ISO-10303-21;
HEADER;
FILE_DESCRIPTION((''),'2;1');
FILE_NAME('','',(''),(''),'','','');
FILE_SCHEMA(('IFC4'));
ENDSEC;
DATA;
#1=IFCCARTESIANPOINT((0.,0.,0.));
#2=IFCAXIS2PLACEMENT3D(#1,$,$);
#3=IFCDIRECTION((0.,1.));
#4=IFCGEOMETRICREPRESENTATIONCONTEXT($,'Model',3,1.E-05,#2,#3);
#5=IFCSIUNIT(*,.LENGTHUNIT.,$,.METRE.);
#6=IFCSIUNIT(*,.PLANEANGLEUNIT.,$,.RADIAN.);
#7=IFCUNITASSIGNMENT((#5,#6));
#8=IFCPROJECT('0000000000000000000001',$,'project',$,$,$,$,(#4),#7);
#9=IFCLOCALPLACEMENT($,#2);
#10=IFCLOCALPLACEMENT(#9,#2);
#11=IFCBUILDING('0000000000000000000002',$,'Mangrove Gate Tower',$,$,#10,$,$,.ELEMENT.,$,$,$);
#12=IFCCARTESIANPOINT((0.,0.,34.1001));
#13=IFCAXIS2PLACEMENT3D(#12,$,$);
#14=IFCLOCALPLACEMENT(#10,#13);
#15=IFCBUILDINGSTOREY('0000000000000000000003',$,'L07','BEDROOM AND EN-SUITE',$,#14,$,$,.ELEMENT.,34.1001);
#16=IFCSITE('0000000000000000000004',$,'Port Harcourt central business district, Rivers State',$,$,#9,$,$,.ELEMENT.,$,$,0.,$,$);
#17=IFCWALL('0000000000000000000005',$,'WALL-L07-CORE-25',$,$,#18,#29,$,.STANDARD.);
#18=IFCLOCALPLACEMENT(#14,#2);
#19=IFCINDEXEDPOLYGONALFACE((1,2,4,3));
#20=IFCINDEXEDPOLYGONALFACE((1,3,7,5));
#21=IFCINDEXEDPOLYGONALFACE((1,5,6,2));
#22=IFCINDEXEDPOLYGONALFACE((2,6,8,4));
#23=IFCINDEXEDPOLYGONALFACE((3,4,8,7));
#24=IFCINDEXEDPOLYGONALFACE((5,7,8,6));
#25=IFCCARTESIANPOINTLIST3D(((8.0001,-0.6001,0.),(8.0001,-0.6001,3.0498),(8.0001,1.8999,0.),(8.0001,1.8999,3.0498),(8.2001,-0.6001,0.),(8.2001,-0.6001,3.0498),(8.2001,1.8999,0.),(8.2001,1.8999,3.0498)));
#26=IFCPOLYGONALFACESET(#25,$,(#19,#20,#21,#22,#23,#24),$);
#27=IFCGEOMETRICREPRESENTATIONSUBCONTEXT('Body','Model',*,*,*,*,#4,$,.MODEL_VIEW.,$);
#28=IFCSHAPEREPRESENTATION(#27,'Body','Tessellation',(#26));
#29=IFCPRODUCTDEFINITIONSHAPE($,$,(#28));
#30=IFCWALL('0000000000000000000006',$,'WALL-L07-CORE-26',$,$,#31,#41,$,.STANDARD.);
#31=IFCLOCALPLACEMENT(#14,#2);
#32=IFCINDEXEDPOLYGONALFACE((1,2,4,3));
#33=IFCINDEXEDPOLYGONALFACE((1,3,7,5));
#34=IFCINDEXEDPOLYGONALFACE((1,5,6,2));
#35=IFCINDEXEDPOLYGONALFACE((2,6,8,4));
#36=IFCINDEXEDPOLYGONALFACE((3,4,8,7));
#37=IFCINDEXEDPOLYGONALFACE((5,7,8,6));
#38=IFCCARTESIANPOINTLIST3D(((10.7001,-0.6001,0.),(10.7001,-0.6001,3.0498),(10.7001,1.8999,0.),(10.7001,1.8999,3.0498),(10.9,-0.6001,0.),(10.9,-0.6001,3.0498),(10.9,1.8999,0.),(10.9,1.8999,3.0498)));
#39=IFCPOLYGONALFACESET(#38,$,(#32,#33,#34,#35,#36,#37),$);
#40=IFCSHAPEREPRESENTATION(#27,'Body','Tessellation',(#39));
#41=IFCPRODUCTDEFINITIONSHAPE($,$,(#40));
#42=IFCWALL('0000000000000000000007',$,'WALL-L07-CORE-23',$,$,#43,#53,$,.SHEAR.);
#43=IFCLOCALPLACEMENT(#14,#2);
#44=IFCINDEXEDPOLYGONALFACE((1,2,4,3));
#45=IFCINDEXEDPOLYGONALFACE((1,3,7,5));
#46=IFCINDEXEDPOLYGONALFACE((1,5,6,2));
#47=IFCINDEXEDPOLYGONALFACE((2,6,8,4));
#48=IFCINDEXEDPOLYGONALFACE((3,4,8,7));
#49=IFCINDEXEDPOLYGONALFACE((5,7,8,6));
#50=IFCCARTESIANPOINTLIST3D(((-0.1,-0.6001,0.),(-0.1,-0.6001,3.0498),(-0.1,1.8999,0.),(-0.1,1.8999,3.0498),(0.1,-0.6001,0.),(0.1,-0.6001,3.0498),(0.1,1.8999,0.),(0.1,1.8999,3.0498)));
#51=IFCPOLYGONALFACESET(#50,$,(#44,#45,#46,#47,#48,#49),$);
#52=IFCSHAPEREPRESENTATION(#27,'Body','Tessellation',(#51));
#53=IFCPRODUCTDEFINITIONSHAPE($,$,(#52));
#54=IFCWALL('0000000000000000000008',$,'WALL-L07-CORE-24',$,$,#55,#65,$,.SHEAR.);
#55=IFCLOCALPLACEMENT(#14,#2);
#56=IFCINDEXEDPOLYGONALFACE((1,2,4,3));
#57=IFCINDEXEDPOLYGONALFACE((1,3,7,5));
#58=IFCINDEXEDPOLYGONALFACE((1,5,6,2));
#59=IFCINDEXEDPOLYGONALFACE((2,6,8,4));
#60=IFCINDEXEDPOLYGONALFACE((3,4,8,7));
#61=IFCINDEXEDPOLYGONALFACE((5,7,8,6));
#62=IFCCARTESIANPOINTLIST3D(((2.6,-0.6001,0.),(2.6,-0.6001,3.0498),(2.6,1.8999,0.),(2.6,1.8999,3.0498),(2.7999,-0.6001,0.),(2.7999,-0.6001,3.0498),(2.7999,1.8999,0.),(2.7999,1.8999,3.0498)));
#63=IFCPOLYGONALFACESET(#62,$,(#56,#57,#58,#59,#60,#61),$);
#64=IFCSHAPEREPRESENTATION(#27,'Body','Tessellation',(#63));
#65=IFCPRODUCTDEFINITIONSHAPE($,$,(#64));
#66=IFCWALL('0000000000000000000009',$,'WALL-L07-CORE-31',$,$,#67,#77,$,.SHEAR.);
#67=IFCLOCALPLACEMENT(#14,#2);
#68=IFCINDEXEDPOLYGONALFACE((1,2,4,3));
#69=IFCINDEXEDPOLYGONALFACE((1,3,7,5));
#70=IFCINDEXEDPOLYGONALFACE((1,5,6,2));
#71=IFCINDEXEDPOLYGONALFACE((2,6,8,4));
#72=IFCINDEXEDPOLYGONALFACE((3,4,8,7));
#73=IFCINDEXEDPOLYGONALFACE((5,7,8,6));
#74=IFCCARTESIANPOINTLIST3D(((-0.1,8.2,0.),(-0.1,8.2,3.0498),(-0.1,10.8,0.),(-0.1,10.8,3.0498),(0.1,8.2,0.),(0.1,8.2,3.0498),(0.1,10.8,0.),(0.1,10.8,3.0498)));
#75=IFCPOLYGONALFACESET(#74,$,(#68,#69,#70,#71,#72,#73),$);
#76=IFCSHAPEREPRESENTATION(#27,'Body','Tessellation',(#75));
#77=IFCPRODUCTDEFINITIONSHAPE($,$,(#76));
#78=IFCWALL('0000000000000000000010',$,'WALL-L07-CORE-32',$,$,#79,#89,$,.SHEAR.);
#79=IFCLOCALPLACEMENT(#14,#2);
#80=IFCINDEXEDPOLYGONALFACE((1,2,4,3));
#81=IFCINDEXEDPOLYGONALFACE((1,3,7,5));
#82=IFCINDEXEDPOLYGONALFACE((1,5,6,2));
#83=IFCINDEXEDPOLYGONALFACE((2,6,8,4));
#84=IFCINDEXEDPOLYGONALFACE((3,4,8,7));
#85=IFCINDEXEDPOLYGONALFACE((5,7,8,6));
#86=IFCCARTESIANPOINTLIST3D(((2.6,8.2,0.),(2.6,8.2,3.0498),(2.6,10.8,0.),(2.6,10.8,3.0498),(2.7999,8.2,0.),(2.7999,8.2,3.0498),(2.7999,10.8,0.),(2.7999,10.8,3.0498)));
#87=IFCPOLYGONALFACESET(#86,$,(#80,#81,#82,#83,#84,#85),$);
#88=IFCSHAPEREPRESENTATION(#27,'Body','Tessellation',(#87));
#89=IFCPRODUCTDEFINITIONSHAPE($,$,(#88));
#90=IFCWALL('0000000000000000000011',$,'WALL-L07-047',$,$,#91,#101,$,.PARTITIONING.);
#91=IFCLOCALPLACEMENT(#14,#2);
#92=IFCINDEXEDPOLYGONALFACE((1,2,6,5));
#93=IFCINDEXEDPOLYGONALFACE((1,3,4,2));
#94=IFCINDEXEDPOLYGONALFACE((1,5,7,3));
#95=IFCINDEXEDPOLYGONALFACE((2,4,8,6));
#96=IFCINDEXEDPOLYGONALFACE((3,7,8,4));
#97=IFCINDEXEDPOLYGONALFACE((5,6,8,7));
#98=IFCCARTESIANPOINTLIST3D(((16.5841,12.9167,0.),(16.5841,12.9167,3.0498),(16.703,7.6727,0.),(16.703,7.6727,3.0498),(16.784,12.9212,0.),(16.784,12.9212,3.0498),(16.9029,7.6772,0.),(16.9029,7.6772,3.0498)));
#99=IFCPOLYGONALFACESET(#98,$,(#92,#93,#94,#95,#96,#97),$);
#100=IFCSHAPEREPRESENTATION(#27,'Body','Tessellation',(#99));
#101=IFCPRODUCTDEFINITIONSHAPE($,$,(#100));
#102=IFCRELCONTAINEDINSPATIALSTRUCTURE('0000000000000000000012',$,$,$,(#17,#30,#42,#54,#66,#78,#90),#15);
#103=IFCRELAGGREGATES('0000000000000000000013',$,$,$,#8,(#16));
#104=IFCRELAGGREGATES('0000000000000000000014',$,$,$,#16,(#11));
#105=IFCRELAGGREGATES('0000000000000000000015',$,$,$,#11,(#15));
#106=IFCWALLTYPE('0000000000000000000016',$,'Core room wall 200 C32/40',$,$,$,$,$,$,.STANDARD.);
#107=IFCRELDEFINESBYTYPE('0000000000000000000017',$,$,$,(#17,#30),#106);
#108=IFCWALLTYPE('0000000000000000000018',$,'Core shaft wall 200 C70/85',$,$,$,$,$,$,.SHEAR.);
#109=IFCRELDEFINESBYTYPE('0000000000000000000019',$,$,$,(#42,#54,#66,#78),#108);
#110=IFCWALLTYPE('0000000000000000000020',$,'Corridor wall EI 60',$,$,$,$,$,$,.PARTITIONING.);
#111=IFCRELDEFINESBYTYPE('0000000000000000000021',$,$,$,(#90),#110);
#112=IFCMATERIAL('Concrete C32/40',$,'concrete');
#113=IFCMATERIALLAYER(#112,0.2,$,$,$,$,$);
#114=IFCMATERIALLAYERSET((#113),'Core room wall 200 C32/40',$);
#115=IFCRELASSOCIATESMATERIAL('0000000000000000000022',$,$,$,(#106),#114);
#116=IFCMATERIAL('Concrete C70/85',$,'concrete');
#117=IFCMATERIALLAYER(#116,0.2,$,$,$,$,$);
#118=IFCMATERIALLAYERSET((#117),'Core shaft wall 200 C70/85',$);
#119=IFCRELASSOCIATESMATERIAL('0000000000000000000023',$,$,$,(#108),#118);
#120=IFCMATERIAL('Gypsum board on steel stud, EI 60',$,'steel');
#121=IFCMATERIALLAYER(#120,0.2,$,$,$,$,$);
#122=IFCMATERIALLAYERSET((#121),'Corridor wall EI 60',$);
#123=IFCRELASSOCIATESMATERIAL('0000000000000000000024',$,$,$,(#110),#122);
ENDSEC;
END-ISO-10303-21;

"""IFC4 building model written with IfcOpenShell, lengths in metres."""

from ifc_helpers import new_model, si_unit, direction, frame, frame_2d, origin, place, context, subcontext, project, spatial, rectangle, extrude, material, layer, layer_set, type_object, element, save


model = new_model("IFC4")

# Units and contexts
model_context = context("Model", 3, precision=1e-05, world=origin(), true_north=direction((0.0, 1.0)))
body_context = subcontext(model_context, "Body", "Model", "MODEL_VIEW")
ifc_project = project(units=[si_unit("LENGTHUNIT", "METRE"), si_unit("PLANEANGLEUNIT", "RADIAN")], contexts=[model_context])

# Site, building, storey
site_placement = place(None, origin())
site = spatial("IfcSite", under=ifc_project, at=site_placement, Name="Port Harcourt central business district, Rivers State", CompositionType="ELEMENT", RefElevation=0.0)
building_placement = place(site_placement, origin())
building = spatial("IfcBuilding", under=site, at=building_placement, Name="Mangrove Gate Tower", CompositionType="ELEMENT")
storey_placement = place(building_placement, frame((0.0, 0.0, 34.1001)))
storey = spatial("IfcBuildingStorey", under=building, at=storey_placement, Name="L07", Description="BEDROOM AND EN-SUITE", CompositionType="ELEMENT", Elevation=34.1001)

# Walls
ifc_material_1 = material(Name="Concrete C32/40", Category="concrete")
ifc_layer_1 = layer(ifc_material_1, 0.2)
ifc_layer_set_1 = layer_set([ifc_layer_1], Name="Core room wall 200 C32/40")
wall_type_1 = type_object("IfcWallType", Name="Core room wall 200 C32/40", PredefinedType="STANDARD", material=ifc_layer_set_1)
for number, where, z_axis, x_axis, name in (
    (1, (8.1001, -0.6001, 0.0), (0.0, 0.0, 1.0), (0.0, 1.0, 0.0), "WALL-L07-CORE-25"),
    (2, (10.8, -0.6001, 0.0), (0.0, 0.0, 1.0), (0.0, 1.0, 0.0), "WALL-L07-CORE-26"),
):
    element("IfcWall", number, at=place(storey_placement, frame(where, z_axis=z_axis, x_axis=x_axis)), inside=storey, type_object=wall_type_1, Name=name, PredefinedType="STANDARD", context=body_context, shape_type="SweptSolid", body=[
        extrude(rectangle(XDim=2.5, YDim=0.2, at=frame_2d((1.25, 0.0))), origin(), (0.0, 0.0, 1.0), 3.0498),
    ])
ifc_material_2 = material(Name="Concrete C70/85", Category="concrete")
ifc_layer_2 = layer(ifc_material_2, 0.2)
ifc_layer_set_2 = layer_set([ifc_layer_2], Name="Core shaft wall 200 C70/85")
wall_type_2 = type_object("IfcWallType", Name="Core shaft wall 200 C70/85", PredefinedType="SHEAR", material=ifc_layer_set_2)
for number, where, z_axis, x_axis, name in (
    (3, (0.0, -0.6001, 0.0), (0.0, 0.0, 1.0), (0.0, 1.0, 0.0), "WALL-L07-CORE-23"),
    (4, (2.7, -0.6001, 0.0), (0.0, 0.0, 1.0), (0.0, 1.0, 0.0), "WALL-L07-CORE-24"),
):
    element("IfcWall", number, at=place(storey_placement, frame(where, z_axis=z_axis, x_axis=x_axis)), inside=storey, type_object=wall_type_2, Name=name, PredefinedType="SHEAR", context=body_context, shape_type="SweptSolid", body=[
        extrude(rectangle(XDim=2.5, YDim=0.2, at=frame_2d((1.25, 0.0))), origin(), (0.0, 0.0, 1.0), 3.0498),
    ])
for number, where, z_axis, x_axis, name in (
    (5, (0.0, 8.2, 0.0), (0.0, 0.0, 1.0), (0.0, 1.0, 0.0), "WALL-L07-CORE-31"),
    (6, (2.7, 8.2, 0.0), (0.0, 0.0, 1.0), (0.0, 1.0, 0.0), "WALL-L07-CORE-32"),
):
    element("IfcWall", number, at=place(storey_placement, frame(where, z_axis=z_axis, x_axis=x_axis)), inside=storey, type_object=wall_type_2, Name=name, PredefinedType="SHEAR", context=body_context, shape_type="SweptSolid", body=[
        extrude(rectangle(XDim=2.6001, YDim=0.2, at=frame_2d((1.3, 0.0))), origin(), (0.0, 0.0, 1.0), 3.0498),
    ])
ifc_material_3 = material(Name="Gypsum board on steel stud, EI 60", Category="steel")
ifc_layer_3 = layer(ifc_material_3, 0.2)
ifc_layer_set_3 = layer_set([ifc_layer_3], Name="Corridor wall EI 60")
wall_type_3 = type_object("IfcWallType", Name="Corridor wall EI 60", PredefinedType="PARTITIONING", material=ifc_layer_set_3)
wall_placement = place(storey_placement, frame((16.803, 7.675, 0.0), z_axis=(0.0, 0.0, 1.0), x_axis=(-0.022667, 0.999743, 0.0)))
element("IfcWall", 7, at=wall_placement, inside=storey, type_object=wall_type_3, Name="WALL-L07-047", PredefinedType="PARTITIONING", context=body_context, shape_type="SweptSolid", body=[
    extrude(rectangle(XDim=5.2454, YDim=0.2, at=frame_2d((2.6226, 0.0))), origin(), (0.0, 0.0, 1.0), 3.0498),
])

save(model, "model.ifc")
